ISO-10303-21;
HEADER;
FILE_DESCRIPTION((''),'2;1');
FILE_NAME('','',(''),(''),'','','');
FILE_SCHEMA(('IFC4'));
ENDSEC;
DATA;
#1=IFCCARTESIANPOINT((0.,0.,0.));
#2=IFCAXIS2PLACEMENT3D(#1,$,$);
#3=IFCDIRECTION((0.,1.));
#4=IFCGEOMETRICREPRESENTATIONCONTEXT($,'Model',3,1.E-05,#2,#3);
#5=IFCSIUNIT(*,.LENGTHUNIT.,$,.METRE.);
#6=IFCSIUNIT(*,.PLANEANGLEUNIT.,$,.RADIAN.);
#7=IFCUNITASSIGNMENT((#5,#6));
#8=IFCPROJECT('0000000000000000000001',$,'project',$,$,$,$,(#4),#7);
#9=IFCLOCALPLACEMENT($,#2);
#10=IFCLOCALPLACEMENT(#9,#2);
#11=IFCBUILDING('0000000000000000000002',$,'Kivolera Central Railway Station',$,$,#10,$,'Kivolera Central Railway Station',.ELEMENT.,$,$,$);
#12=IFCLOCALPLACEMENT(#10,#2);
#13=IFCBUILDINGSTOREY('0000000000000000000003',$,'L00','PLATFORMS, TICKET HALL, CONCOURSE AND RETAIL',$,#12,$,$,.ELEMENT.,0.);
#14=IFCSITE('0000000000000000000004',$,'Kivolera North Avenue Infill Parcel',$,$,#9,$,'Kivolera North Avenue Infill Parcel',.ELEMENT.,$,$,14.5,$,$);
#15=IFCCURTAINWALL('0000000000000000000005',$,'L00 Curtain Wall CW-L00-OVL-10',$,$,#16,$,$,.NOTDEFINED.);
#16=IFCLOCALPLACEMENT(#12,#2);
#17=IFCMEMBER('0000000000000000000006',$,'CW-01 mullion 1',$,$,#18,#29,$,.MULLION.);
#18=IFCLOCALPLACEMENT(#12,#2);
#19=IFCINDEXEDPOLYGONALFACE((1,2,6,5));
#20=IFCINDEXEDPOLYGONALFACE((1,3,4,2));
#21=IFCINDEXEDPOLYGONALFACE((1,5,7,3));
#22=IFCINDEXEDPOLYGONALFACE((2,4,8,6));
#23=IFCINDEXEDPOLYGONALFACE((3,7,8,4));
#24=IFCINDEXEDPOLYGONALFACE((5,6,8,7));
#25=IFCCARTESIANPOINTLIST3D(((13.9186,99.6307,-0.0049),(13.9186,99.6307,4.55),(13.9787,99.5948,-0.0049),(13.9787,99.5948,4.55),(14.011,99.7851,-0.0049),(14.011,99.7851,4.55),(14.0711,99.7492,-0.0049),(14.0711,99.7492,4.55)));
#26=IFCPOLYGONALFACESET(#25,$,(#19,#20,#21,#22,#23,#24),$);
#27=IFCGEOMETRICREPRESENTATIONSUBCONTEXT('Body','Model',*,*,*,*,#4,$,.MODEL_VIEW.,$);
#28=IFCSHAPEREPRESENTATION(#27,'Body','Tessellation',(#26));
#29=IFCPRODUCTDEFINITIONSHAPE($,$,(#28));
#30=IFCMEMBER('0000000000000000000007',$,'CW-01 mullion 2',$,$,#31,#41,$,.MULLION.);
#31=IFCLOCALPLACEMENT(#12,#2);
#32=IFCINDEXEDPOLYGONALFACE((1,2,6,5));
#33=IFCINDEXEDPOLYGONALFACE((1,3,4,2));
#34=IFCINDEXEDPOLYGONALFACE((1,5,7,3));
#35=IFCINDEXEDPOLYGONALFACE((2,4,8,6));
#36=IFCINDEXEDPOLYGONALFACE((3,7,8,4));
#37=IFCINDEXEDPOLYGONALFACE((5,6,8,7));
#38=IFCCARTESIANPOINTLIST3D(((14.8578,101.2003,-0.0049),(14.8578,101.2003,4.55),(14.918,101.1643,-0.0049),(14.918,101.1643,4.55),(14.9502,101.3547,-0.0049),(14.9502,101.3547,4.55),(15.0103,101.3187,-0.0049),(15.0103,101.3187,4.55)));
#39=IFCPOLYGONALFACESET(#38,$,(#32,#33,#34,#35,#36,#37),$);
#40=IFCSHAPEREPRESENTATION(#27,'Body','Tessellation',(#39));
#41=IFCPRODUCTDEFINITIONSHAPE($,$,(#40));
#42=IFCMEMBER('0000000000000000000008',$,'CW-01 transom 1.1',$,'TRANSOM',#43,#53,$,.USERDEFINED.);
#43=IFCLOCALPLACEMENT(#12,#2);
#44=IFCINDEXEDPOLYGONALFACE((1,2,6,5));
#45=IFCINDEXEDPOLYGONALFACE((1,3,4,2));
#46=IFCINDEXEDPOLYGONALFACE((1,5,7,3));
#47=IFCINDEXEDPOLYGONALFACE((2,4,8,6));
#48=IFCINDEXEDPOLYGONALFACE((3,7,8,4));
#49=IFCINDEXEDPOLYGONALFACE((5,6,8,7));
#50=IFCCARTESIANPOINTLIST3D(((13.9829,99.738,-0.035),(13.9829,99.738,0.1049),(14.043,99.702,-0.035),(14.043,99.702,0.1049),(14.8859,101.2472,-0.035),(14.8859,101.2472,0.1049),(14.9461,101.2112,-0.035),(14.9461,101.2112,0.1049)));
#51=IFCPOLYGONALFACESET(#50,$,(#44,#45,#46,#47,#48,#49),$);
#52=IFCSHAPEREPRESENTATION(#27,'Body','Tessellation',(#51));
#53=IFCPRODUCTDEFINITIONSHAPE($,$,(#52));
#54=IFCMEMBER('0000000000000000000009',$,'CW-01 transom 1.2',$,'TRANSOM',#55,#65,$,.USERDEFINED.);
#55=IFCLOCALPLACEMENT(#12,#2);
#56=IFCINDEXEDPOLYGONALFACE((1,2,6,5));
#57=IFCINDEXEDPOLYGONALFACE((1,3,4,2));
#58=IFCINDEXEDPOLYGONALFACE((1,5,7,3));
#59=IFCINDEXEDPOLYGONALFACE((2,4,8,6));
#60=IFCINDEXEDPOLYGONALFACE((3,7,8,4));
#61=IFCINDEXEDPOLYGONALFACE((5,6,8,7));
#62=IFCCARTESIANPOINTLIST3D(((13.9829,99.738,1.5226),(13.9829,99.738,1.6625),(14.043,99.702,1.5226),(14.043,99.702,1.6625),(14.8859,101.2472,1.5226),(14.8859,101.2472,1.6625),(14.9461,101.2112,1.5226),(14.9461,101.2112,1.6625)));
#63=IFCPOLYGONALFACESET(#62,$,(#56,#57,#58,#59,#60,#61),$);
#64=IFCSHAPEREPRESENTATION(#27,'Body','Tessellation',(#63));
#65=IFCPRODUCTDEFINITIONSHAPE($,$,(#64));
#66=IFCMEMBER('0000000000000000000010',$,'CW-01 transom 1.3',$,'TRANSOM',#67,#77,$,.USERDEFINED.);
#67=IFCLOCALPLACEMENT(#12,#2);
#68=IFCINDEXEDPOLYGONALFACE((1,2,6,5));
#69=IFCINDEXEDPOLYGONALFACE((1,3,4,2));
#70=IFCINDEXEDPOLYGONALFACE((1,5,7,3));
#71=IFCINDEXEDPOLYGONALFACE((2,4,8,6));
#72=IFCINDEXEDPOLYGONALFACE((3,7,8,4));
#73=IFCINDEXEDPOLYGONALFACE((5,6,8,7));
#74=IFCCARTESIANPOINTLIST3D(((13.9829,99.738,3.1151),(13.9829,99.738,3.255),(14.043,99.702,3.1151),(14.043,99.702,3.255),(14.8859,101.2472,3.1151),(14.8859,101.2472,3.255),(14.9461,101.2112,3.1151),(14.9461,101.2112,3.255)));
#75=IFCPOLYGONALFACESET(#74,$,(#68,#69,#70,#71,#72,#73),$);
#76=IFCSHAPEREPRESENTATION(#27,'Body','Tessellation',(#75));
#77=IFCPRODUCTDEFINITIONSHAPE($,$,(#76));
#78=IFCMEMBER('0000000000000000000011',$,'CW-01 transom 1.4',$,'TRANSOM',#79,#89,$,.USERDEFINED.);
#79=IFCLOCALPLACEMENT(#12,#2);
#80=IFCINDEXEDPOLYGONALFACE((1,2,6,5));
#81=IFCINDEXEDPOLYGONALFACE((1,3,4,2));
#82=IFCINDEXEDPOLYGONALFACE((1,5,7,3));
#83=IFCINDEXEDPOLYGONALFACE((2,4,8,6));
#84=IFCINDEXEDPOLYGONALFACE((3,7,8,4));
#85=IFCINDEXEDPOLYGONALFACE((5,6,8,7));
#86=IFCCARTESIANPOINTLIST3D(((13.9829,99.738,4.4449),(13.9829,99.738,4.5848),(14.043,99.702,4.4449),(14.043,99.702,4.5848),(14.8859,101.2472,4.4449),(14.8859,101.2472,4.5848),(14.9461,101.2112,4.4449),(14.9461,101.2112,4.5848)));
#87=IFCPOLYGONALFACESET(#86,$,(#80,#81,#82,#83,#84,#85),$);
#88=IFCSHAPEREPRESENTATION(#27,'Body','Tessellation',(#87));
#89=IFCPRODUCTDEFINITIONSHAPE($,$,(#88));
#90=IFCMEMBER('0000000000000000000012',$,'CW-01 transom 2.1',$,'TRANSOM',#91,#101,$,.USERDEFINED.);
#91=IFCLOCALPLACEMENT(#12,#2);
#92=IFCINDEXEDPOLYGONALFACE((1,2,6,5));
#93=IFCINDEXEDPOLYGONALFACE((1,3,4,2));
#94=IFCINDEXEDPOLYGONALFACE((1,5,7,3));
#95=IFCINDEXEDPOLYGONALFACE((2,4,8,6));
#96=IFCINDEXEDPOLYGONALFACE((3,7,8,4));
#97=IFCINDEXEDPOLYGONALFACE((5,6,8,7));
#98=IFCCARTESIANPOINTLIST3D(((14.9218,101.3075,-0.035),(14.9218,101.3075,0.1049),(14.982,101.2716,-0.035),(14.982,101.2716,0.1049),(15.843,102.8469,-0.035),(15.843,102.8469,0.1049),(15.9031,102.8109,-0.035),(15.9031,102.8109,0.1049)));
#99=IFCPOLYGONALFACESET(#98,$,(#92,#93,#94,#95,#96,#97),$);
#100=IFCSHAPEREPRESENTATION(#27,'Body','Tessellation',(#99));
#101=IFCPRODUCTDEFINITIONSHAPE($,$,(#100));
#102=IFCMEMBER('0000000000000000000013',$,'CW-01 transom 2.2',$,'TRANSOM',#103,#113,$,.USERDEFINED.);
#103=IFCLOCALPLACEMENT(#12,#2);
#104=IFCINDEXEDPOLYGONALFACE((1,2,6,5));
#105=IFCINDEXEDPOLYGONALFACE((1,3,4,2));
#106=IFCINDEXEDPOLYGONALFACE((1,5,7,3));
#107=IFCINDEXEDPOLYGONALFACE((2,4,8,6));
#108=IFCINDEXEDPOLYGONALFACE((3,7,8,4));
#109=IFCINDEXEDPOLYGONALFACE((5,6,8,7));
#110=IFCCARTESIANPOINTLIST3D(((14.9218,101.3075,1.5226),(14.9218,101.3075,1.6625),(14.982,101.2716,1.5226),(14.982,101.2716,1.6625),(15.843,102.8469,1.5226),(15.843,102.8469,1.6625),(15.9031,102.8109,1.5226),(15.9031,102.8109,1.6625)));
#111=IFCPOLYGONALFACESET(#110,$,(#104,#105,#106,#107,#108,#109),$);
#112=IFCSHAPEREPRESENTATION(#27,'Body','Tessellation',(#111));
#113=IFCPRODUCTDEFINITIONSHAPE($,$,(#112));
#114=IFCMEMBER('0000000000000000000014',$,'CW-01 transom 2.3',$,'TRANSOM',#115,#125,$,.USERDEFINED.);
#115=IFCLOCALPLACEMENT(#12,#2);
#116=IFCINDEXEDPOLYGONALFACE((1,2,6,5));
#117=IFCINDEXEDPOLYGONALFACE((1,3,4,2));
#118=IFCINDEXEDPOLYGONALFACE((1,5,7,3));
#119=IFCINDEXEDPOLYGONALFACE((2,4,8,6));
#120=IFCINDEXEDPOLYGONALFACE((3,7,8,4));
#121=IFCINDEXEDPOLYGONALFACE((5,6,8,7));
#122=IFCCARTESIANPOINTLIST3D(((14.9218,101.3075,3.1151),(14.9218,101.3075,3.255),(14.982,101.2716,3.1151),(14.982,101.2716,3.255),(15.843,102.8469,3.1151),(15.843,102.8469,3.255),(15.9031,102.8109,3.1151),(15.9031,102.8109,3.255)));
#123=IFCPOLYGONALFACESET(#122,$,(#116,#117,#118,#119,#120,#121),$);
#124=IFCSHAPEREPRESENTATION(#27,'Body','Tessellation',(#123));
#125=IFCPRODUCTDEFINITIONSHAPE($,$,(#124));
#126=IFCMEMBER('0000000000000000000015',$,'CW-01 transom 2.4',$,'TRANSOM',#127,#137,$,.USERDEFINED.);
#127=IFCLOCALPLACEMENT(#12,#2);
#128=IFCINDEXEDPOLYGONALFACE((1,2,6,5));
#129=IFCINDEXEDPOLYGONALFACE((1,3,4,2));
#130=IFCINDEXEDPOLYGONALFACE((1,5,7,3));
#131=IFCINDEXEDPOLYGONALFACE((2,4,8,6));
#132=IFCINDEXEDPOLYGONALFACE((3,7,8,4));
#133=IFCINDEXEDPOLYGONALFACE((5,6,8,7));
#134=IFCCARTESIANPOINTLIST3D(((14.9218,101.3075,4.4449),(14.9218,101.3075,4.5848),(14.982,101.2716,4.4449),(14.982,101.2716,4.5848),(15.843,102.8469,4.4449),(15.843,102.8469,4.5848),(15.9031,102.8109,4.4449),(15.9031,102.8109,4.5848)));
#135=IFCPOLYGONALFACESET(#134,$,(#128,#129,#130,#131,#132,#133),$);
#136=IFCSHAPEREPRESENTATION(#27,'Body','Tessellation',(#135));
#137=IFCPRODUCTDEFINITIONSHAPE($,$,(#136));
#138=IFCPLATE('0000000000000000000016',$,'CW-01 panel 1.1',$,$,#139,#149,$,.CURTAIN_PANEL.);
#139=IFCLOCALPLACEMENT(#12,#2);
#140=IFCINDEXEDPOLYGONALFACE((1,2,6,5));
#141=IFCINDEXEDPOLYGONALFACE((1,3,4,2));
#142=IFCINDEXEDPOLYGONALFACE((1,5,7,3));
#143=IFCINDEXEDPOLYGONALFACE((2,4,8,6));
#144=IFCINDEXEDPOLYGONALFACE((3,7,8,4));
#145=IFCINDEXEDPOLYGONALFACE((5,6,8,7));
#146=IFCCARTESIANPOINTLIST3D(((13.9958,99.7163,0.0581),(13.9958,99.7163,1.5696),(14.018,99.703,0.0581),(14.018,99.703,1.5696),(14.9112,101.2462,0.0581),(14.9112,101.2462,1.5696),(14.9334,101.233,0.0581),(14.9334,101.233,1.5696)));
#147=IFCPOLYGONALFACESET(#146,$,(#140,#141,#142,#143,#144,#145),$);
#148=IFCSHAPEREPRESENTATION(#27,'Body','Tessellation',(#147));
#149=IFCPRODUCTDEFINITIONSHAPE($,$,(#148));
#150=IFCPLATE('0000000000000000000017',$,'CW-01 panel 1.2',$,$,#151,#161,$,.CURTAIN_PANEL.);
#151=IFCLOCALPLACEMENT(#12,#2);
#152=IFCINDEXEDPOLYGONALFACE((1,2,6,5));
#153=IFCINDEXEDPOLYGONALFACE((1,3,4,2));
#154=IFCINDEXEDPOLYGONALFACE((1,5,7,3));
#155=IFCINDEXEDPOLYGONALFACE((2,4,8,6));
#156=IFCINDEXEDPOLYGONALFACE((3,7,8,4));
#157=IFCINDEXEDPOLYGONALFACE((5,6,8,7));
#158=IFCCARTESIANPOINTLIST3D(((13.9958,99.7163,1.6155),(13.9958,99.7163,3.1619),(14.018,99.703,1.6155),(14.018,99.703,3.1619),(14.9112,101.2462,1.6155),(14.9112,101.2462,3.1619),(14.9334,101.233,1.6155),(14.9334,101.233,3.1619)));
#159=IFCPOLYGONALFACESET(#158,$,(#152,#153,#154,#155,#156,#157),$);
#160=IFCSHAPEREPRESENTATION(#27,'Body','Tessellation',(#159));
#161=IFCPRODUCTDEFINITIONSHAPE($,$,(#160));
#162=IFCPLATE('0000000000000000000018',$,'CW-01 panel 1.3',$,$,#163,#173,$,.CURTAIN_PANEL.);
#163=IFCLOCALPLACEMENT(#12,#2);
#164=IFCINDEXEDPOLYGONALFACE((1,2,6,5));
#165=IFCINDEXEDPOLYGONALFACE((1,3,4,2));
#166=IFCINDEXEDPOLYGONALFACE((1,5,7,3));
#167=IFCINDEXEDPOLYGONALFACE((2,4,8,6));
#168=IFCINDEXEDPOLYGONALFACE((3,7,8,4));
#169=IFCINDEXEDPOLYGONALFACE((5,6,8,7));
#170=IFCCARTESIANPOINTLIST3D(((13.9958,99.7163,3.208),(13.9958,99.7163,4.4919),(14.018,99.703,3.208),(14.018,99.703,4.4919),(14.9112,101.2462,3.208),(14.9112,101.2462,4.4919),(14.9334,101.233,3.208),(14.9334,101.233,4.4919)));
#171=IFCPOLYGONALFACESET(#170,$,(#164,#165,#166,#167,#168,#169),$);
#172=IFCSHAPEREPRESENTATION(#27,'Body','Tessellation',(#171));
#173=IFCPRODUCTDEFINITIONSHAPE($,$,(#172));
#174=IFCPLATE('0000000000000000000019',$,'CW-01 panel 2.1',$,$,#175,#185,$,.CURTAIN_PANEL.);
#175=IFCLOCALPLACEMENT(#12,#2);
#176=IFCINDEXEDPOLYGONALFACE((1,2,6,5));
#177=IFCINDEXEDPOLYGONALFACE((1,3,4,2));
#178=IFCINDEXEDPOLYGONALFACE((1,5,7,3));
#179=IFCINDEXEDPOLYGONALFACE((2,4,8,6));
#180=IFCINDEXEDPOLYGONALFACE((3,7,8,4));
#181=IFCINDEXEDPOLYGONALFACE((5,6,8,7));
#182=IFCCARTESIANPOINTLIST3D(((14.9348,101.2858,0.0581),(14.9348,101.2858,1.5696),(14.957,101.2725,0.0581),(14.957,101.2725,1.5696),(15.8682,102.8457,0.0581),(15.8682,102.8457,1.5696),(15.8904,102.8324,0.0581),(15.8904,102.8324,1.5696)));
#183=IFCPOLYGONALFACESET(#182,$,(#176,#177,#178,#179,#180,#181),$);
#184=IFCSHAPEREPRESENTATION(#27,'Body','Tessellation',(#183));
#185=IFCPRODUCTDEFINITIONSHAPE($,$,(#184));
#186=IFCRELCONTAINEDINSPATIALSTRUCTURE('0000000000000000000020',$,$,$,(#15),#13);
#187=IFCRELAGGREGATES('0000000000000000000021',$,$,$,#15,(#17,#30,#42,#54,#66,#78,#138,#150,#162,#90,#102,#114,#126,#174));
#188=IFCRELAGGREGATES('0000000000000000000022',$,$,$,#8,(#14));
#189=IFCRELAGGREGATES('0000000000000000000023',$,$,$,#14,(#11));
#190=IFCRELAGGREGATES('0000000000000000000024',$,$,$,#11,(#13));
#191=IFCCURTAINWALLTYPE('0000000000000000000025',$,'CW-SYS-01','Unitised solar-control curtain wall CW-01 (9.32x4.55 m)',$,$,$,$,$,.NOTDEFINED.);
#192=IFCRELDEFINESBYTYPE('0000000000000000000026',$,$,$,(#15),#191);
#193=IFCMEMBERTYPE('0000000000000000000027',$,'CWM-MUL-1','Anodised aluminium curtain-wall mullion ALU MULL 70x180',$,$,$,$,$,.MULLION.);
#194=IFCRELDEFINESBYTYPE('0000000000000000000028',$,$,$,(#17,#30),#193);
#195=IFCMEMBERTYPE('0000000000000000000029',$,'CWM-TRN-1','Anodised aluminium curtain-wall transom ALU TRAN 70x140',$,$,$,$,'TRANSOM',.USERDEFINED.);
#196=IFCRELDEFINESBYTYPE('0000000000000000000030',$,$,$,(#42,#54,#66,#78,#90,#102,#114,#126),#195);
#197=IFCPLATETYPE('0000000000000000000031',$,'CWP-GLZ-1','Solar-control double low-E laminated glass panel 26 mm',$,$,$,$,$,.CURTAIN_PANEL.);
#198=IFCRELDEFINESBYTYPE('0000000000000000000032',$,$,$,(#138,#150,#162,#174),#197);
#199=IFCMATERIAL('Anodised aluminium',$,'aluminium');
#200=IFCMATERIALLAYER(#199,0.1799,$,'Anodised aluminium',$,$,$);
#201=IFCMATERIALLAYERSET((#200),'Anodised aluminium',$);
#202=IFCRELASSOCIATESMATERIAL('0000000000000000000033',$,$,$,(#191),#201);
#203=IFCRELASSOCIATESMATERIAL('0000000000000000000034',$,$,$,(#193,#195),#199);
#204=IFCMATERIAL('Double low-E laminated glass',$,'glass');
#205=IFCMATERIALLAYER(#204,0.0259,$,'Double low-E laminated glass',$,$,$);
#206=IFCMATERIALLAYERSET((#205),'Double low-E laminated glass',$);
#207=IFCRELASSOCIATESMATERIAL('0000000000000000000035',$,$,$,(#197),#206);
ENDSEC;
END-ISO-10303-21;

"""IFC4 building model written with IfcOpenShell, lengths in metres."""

from ifc_helpers import new_model, si_unit, direction, frame, origin, origin_2d, place, context, subcontext, project, spatial, rectangle, extrude, material, layer, layer_set, material_profile, profile_set, type_object, element, aggregate, save


model = new_model("IFC4")

# Units and contexts
model_context = context("Model", 3, precision=1e-05, world=origin(), true_north=direction((0.0, 1.0)))
body_context = subcontext(model_context, "Body", "Model", "MODEL_VIEW")
ifc_project = project(units=[si_unit("LENGTHUNIT", "METRE"), si_unit("PLANEANGLEUNIT", "RADIAN")], contexts=[model_context])

# Site, building, storey
site_placement = place(None, origin())
site = spatial("IfcSite", under=ifc_project, at=site_placement, Name="Kivolera North Avenue Infill Parcel", LongName="Kivolera North Avenue Infill Parcel", CompositionType="ELEMENT", RefElevation=14.5)
building_placement = place(site_placement, origin())
building = spatial("IfcBuilding", under=site, at=building_placement, Name="Kivolera Central Railway Station", LongName="Kivolera Central Railway Station", CompositionType="ELEMENT")
storey_placement = place(building_placement, origin())
storey = spatial("IfcBuildingStorey", under=building, at=storey_placement, Name="L00", Description="PLATFORMS, TICKET HALL, CONCOURSE AND RETAIL", CompositionType="ELEMENT", Elevation=0.0)

# Curtain wall, members, plates
ifc_material_1 = material(Name="Anodised aluminium", Category="aluminium")
ifc_layer_1 = layer(ifc_material_1, 0.1799, Name="Anodised aluminium")
ifc_layer_set_1 = layer_set([ifc_layer_1], Name="Anodised aluminium")
curtain_wall_type = type_object("IfcCurtainWallType", Name="CW-SYS-01", Description="Unitised solar-control curtain wall CW-01 (9.32x4.55 m)", PredefinedType="NOTDEFINED", material=ifc_layer_set_1)
curtain_wall_placement = place(storey_placement, origin())
curtain_wall = element("IfcCurtainWall", 1, at=curtain_wall_placement, inside=storey, type_object=curtain_wall_type, Name="L00 Curtain Wall CW-L00-OVL-10", PredefinedType="NOTDEFINED")
ifc_material_profile_1 = material_profile(ifc_material_1, rectangle(XDim=0.0701, YDim=0.1799, at=origin_2d()), Name="ALU MULL 70x180")
ifc_profile_set_1 = profile_set([ifc_material_profile_1], Name="Anodised aluminium")
member_type_1 = type_object("IfcMemberType", Name="CWM-MUL-1", Description="Anodised aluminium curtain-wall mullion ALU MULL 70x180", PredefinedType="MULLION", material=ifc_profile_set_1)
member_1_placement = place(storey_placement, frame((13.9949, 99.6899, -0.0049), z_axis=(0.0, 0.0, 1.0), x_axis=(-0.858117, 0.513454, 0.0)))
member_1 = element("IfcMember", 2, at=member_1_placement, type_object=member_type_1, Name="CW-01 mullion 1", PredefinedType="MULLION", context=body_context, shape_type="SweptSolid", body=[
    extrude(rectangle(XDim=0.0701, YDim=0.1799, at=origin_2d()), origin(), (0.0, 0.0, 1.0), 4.5549),
])
member_2_placement = place(storey_placement, frame((14.9341, 101.2595, -0.0049), z_axis=(0.0, 0.0, 1.0), x_axis=(-0.858117, 0.513454, 0.0)))
member_2 = element("IfcMember", 3, at=member_2_placement, type_object=member_type_1, Name="CW-01 mullion 2", PredefinedType="MULLION", context=body_context, shape_type="SweptSolid", body=[
    extrude(rectangle(XDim=0.0701, YDim=0.1799, at=origin_2d()), origin(), (0.0, 0.0, 1.0), 4.5549),
])
ifc_material_profile_2 = material_profile(ifc_material_1, rectangle(XDim=0.0701, YDim=0.1399, at=origin_2d()), Name="ALU TRAN 70x140")
ifc_profile_set_2 = profile_set([ifc_material_profile_2], Name="Anodised aluminium")
member_type_2 = type_object("IfcMemberType", Name="CWM-TRN-1", Description="Anodised aluminium curtain-wall transom ALU TRAN 70x140", ElementType="TRANSOM", PredefinedType="USERDEFINED", material=ifc_profile_set_2)
member_3_placement = place(storey_placement, frame((14.0129, 99.72, 0.0349), z_axis=(0.513454, 0.858117, 0.0), x_axis=(-0.858117, 0.513454, 0.0)))
member_3 = element("IfcMember", 4, at=member_3_placement, type_object=member_type_2, Name="CW-01 transom 1.1", ObjectType="TRANSOM", PredefinedType="USERDEFINED", context=body_context, shape_type="SweptSolid", body=[
    extrude(rectangle(XDim=0.0701, YDim=0.1399, at=origin_2d()), origin(), (0.0, 0.0, 1.0), 1.7588),
])
member_4_placement = place(storey_placement, frame((14.0129, 99.72, 1.5925), z_axis=(0.513454, 0.858117, 0.0), x_axis=(-0.858117, 0.513454, 0.0)))
member_4 = element("IfcMember", 5, at=member_4_placement, type_object=member_type_2, Name="CW-01 transom 1.2", ObjectType="TRANSOM", PredefinedType="USERDEFINED", context=body_context, shape_type="SweptSolid", body=[
    extrude(rectangle(XDim=0.0701, YDim=0.1399, at=origin_2d()), origin(), (0.0, 0.0, 1.0), 1.7588),
])
member_5_placement = place(storey_placement, frame((14.0129, 99.72, 3.1851), z_axis=(0.513454, 0.858117, 0.0), x_axis=(-0.858117, 0.513454, 0.0)))
member_5 = element("IfcMember", 6, at=member_5_placement, type_object=member_type_2, Name="CW-01 transom 1.3", ObjectType="TRANSOM", PredefinedType="USERDEFINED", context=body_context, shape_type="SweptSolid", body=[
    extrude(rectangle(XDim=0.0701, YDim=0.1399, at=origin_2d()), origin(), (0.0, 0.0, 1.0), 1.7588),
])
member_6_placement = place(storey_placement, frame((14.0129, 99.72, 4.5149), z_axis=(0.513454, 0.858117, 0.0), x_axis=(-0.858117, 0.513454, 0.0)))
member_6 = element("IfcMember", 7, at=member_6_placement, type_object=member_type_2, Name="CW-01 transom 1.4", ObjectType="TRANSOM", PredefinedType="USERDEFINED", context=body_context, shape_type="SweptSolid", body=[
    extrude(rectangle(XDim=0.0701, YDim=0.1399, at=origin_2d()), origin(), (0.0, 0.0, 1.0), 1.7588),
])
member_7_placement = place(storey_placement, frame((14.9519, 101.2896, 0.0349), z_axis=(0.513495, 0.858093, 0.0), x_axis=(-0.858093, 0.513495, 0.0)))
member_7 = element("IfcMember", 8, at=member_7_placement, type_object=member_type_2, Name="CW-01 transom 2.1", ObjectType="TRANSOM", PredefinedType="USERDEFINED", context=body_context, shape_type="SweptSolid", body=[
    extrude(rectangle(XDim=0.0701, YDim=0.1399, at=origin_2d()), origin(), (0.0, 0.0, 1.0), 1.7939),
])
member_8_placement = place(storey_placement, frame((14.9519, 101.2896, 1.5925), z_axis=(0.513495, 0.858093, 0.0), x_axis=(-0.858093, 0.513495, 0.0)))
member_8 = element("IfcMember", 9, at=member_8_placement, type_object=member_type_2, Name="CW-01 transom 2.2", ObjectType="TRANSOM", PredefinedType="USERDEFINED", context=body_context, shape_type="SweptSolid", body=[
    extrude(rectangle(XDim=0.0701, YDim=0.1399, at=origin_2d()), origin(), (0.0, 0.0, 1.0), 1.7939),
])
member_9_placement = place(storey_placement, frame((14.9519, 101.2896, 3.1851), z_axis=(0.513495, 0.858093, 0.0), x_axis=(-0.858093, 0.513495, 0.0)))
member_9 = element("IfcMember", 10, at=member_9_placement, type_object=member_type_2, Name="CW-01 transom 2.3", ObjectType="TRANSOM", PredefinedType="USERDEFINED", context=body_context, shape_type="SweptSolid", body=[
    extrude(rectangle(XDim=0.0701, YDim=0.1399, at=origin_2d()), origin(), (0.0, 0.0, 1.0), 1.7939),
])
member_10_placement = place(storey_placement, frame((14.9519, 101.2896, 4.5149), z_axis=(0.513495, 0.858093, 0.0), x_axis=(-0.858093, 0.513495, 0.0)))
member_10 = element("IfcMember", 11, at=member_10_placement, type_object=member_type_2, Name="CW-01 transom 2.4", ObjectType="TRANSOM", PredefinedType="USERDEFINED", context=body_context, shape_type="SweptSolid", body=[
    extrude(rectangle(XDim=0.0701, YDim=0.1399, at=origin_2d()), origin(), (0.0, 0.0, 1.0), 1.7939),
])
ifc_material_2 = material(Name="Double low-E laminated glass", Category="glass")
ifc_layer_2 = layer(ifc_material_2, 0.0259, Name="Double low-E laminated glass")
ifc_layer_set_2 = layer_set([ifc_layer_2], Name="Double low-E laminated glass")
plate_type = type_object("IfcPlateType", Name="CWP-GLZ-1", Description="Solar-control double low-E laminated glass panel 26 mm", PredefinedType="CURTAIN_PANEL", material=ifc_layer_set_2)
plate_1_placement = place(storey_placement, frame((14.4646, 100.4746, 0.0581), z_axis=(0.0, 0.0, 1.0), x_axis=(0.513454, 0.858117, 0.0)))
plate_1 = element("IfcPlate", 12, at=plate_1_placement, type_object=plate_type, Name="CW-01 panel 1.1", PredefinedType="CURTAIN_PANEL", context=body_context, shape_type="SweptSolid", body=[
    extrude(rectangle(XDim=1.783, YDim=0.0259, at=origin_2d()), origin(), (0.0, 0.0, 1.0), 1.5115),
])
plate_2_placement = place(storey_placement, frame((14.4646, 100.4746, 1.6155), z_axis=(0.0, 0.0, 1.0), x_axis=(0.513454, 0.858117, 0.0)))
plate_2 = element("IfcPlate", 13, at=plate_2_placement, type_object=plate_type, Name="CW-01 panel 1.2", PredefinedType="CURTAIN_PANEL", context=body_context, shape_type="SweptSolid", body=[
    extrude(rectangle(XDim=1.783, YDim=0.0259, at=origin_2d()), origin(), (0.0, 0.0, 1.0), 1.5464),
])
plate_3_placement = place(storey_placement, frame((14.4646, 100.4746, 3.208), z_axis=(0.0, 0.0, 1.0), x_axis=(0.513454, 0.858117, 0.0)))
plate_3 = element("IfcPlate", 14, at=plate_3_placement, type_object=plate_type, Name="CW-01 panel 1.3", PredefinedType="CURTAIN_PANEL", context=body_context, shape_type="SweptSolid", body=[
    extrude(rectangle(XDim=1.783, YDim=0.0259, at=origin_2d()), origin(), (0.0, 0.0, 1.0), 1.2839),
])
plate_4_placement = place(storey_placement, frame((15.4126, 102.0591, 0.0581), z_axis=(0.0, 0.0, 1.0), x_axis=(0.513454, 0.858117, 0.0)))
plate_4 = element("IfcPlate", 15, at=plate_4_placement, type_object=plate_type, Name="CW-01 panel 2.1", PredefinedType="CURTAIN_PANEL", context=body_context, shape_type="SweptSolid", body=[
    extrude(rectangle(XDim=1.8179, YDim=0.0259, at=origin_2d()), origin(), (0.0, 0.0, 1.0), 1.5115),
])
aggregate(curtain_wall, [member_1, member_2, member_3, member_4, member_5, member_6, plate_1, plate_2, plate_3, member_7, member_8, member_9, member_10, plate_4])

save(model, "model.ifc")
